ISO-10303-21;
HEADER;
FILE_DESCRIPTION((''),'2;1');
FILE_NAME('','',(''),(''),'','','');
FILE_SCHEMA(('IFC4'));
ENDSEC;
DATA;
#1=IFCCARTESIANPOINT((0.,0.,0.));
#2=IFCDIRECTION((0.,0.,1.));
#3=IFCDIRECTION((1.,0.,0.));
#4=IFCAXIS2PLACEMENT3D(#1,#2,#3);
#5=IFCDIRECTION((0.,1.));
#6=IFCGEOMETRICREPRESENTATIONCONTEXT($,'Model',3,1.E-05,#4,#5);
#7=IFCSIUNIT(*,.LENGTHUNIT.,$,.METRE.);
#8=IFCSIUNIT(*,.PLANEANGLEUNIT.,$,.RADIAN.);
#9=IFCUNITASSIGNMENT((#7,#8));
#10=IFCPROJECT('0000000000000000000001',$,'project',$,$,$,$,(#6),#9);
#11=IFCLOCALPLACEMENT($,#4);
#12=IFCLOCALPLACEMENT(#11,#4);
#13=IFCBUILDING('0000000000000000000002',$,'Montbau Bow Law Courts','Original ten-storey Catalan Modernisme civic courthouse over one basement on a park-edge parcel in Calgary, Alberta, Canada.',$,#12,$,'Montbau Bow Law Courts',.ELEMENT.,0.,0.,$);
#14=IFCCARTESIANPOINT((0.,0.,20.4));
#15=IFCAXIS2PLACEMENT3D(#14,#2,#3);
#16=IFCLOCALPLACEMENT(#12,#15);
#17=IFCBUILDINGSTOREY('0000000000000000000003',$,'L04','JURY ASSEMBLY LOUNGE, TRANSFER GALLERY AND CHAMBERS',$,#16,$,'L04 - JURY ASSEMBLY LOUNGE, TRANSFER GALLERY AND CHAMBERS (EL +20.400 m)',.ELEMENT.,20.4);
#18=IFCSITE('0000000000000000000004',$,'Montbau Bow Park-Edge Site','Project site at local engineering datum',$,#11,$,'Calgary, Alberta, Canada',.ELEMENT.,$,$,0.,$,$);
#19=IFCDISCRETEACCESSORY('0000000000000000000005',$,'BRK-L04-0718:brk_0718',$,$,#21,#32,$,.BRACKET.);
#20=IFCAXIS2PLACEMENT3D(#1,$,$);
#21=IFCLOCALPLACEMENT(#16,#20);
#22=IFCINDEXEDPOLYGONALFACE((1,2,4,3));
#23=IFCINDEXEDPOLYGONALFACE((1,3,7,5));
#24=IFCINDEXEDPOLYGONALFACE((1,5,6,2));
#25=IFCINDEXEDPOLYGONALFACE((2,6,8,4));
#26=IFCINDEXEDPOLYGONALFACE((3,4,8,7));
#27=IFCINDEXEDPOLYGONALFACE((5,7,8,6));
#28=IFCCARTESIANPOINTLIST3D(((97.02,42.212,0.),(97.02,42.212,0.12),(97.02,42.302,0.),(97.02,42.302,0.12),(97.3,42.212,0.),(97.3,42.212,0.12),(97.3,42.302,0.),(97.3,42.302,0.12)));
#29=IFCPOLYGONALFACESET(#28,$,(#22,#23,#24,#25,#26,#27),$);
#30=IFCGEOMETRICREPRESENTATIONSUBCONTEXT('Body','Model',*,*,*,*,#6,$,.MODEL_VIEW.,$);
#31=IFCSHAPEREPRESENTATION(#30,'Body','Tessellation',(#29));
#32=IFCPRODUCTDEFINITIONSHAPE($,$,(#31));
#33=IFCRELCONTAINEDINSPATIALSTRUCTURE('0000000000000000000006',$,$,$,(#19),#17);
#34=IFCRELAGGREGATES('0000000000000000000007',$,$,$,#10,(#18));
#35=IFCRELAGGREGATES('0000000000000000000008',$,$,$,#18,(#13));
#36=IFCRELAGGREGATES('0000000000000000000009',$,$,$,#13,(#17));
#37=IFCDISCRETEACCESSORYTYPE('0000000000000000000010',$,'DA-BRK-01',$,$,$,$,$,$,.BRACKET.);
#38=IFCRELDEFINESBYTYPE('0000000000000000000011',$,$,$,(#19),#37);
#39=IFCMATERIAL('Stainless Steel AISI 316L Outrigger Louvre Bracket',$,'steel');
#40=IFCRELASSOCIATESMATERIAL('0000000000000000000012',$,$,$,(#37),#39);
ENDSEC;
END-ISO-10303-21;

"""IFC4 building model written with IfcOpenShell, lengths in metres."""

from ifc_helpers import new_model, si_unit, direction, frame, origin_with_axes, origin_2d_with_axis, place, context, subcontext, project, spatial, rectangle, extrude, material, type_object, element, save


model = new_model("IFC4")

# Units and contexts
model_context = context("Model", 3, precision=1e-05, world=origin_with_axes(), true_north=direction((0.0, 1.0)))
body_context = subcontext(model_context, "Body", "Model", "MODEL_VIEW")
ifc_project = project(units=[si_unit("LENGTHUNIT", "METRE"), si_unit("PLANEANGLEUNIT", "RADIAN")], contexts=[model_context])

# Site, building, storey
site_placement = place(None, origin_with_axes())
site = spatial("IfcSite", under=ifc_project, at=site_placement, Name="Montbau Bow Park-Edge Site", Description="Project site at local engineering datum", LongName="Calgary, Alberta, Canada", CompositionType="ELEMENT", RefElevation=0.0)
building_placement = place(site_placement, origin_with_axes())
building = spatial("IfcBuilding", under=site, at=building_placement, Name="Montbau Bow Law Courts", Description="Original ten-storey Catalan Modernisme civic courthouse over one basement on a park-edge parcel in Calgary, Alberta, Canada.", LongName="Montbau Bow Law Courts", CompositionType="ELEMENT", ElevationOfRefHeight=0.0, ElevationOfTerrain=0.0)
storey_placement = place(building_placement, frame((0.0, 0.0, 20.4), z_axis=(0.0, 0.0, 1.0), x_axis=(1.0, 0.0, 0.0)))
storey = spatial("IfcBuildingStorey", under=building, at=storey_placement, Name="L04", Description="JURY ASSEMBLY LOUNGE, TRANSFER GALLERY AND CHAMBERS", LongName="L04 - JURY ASSEMBLY LOUNGE, TRANSFER GALLERY AND CHAMBERS (EL +20.400 m)", CompositionType="ELEMENT", Elevation=20.4)

# Discrete accessory
ifc_material_1 = material(Name="Stainless Steel AISI 316L Outrigger Louvre Bracket", Category="steel")
discrete_accessory_type = type_object("IfcDiscreteAccessoryType", Name="DA-BRK-01", PredefinedType="BRACKET", material=ifc_material_1)
for number, where, z_axis, x_axis, name in (
    (1, (97.16, 42.257, 20.4), (0.0, 0.0, 1.0), (1.0, 0.0, 0.0), "BRK-L04-0718:brk_0718"),
):
    element("IfcDiscreteAccessory", number, at=place(None, frame(where, z_axis=z_axis, x_axis=x_axis)), inside=storey, type_object=discrete_accessory_type, Name=name, PredefinedType="BRACKET", context=body_context, shape_type="SweptSolid", body=[
        extrude(rectangle(XDim=0.28, YDim=0.09, at=origin_2d_with_axis()), origin_with_axes(), (0.0, 0.0, 1.0), 0.12),
    ])

save(model, "model.ifc")
